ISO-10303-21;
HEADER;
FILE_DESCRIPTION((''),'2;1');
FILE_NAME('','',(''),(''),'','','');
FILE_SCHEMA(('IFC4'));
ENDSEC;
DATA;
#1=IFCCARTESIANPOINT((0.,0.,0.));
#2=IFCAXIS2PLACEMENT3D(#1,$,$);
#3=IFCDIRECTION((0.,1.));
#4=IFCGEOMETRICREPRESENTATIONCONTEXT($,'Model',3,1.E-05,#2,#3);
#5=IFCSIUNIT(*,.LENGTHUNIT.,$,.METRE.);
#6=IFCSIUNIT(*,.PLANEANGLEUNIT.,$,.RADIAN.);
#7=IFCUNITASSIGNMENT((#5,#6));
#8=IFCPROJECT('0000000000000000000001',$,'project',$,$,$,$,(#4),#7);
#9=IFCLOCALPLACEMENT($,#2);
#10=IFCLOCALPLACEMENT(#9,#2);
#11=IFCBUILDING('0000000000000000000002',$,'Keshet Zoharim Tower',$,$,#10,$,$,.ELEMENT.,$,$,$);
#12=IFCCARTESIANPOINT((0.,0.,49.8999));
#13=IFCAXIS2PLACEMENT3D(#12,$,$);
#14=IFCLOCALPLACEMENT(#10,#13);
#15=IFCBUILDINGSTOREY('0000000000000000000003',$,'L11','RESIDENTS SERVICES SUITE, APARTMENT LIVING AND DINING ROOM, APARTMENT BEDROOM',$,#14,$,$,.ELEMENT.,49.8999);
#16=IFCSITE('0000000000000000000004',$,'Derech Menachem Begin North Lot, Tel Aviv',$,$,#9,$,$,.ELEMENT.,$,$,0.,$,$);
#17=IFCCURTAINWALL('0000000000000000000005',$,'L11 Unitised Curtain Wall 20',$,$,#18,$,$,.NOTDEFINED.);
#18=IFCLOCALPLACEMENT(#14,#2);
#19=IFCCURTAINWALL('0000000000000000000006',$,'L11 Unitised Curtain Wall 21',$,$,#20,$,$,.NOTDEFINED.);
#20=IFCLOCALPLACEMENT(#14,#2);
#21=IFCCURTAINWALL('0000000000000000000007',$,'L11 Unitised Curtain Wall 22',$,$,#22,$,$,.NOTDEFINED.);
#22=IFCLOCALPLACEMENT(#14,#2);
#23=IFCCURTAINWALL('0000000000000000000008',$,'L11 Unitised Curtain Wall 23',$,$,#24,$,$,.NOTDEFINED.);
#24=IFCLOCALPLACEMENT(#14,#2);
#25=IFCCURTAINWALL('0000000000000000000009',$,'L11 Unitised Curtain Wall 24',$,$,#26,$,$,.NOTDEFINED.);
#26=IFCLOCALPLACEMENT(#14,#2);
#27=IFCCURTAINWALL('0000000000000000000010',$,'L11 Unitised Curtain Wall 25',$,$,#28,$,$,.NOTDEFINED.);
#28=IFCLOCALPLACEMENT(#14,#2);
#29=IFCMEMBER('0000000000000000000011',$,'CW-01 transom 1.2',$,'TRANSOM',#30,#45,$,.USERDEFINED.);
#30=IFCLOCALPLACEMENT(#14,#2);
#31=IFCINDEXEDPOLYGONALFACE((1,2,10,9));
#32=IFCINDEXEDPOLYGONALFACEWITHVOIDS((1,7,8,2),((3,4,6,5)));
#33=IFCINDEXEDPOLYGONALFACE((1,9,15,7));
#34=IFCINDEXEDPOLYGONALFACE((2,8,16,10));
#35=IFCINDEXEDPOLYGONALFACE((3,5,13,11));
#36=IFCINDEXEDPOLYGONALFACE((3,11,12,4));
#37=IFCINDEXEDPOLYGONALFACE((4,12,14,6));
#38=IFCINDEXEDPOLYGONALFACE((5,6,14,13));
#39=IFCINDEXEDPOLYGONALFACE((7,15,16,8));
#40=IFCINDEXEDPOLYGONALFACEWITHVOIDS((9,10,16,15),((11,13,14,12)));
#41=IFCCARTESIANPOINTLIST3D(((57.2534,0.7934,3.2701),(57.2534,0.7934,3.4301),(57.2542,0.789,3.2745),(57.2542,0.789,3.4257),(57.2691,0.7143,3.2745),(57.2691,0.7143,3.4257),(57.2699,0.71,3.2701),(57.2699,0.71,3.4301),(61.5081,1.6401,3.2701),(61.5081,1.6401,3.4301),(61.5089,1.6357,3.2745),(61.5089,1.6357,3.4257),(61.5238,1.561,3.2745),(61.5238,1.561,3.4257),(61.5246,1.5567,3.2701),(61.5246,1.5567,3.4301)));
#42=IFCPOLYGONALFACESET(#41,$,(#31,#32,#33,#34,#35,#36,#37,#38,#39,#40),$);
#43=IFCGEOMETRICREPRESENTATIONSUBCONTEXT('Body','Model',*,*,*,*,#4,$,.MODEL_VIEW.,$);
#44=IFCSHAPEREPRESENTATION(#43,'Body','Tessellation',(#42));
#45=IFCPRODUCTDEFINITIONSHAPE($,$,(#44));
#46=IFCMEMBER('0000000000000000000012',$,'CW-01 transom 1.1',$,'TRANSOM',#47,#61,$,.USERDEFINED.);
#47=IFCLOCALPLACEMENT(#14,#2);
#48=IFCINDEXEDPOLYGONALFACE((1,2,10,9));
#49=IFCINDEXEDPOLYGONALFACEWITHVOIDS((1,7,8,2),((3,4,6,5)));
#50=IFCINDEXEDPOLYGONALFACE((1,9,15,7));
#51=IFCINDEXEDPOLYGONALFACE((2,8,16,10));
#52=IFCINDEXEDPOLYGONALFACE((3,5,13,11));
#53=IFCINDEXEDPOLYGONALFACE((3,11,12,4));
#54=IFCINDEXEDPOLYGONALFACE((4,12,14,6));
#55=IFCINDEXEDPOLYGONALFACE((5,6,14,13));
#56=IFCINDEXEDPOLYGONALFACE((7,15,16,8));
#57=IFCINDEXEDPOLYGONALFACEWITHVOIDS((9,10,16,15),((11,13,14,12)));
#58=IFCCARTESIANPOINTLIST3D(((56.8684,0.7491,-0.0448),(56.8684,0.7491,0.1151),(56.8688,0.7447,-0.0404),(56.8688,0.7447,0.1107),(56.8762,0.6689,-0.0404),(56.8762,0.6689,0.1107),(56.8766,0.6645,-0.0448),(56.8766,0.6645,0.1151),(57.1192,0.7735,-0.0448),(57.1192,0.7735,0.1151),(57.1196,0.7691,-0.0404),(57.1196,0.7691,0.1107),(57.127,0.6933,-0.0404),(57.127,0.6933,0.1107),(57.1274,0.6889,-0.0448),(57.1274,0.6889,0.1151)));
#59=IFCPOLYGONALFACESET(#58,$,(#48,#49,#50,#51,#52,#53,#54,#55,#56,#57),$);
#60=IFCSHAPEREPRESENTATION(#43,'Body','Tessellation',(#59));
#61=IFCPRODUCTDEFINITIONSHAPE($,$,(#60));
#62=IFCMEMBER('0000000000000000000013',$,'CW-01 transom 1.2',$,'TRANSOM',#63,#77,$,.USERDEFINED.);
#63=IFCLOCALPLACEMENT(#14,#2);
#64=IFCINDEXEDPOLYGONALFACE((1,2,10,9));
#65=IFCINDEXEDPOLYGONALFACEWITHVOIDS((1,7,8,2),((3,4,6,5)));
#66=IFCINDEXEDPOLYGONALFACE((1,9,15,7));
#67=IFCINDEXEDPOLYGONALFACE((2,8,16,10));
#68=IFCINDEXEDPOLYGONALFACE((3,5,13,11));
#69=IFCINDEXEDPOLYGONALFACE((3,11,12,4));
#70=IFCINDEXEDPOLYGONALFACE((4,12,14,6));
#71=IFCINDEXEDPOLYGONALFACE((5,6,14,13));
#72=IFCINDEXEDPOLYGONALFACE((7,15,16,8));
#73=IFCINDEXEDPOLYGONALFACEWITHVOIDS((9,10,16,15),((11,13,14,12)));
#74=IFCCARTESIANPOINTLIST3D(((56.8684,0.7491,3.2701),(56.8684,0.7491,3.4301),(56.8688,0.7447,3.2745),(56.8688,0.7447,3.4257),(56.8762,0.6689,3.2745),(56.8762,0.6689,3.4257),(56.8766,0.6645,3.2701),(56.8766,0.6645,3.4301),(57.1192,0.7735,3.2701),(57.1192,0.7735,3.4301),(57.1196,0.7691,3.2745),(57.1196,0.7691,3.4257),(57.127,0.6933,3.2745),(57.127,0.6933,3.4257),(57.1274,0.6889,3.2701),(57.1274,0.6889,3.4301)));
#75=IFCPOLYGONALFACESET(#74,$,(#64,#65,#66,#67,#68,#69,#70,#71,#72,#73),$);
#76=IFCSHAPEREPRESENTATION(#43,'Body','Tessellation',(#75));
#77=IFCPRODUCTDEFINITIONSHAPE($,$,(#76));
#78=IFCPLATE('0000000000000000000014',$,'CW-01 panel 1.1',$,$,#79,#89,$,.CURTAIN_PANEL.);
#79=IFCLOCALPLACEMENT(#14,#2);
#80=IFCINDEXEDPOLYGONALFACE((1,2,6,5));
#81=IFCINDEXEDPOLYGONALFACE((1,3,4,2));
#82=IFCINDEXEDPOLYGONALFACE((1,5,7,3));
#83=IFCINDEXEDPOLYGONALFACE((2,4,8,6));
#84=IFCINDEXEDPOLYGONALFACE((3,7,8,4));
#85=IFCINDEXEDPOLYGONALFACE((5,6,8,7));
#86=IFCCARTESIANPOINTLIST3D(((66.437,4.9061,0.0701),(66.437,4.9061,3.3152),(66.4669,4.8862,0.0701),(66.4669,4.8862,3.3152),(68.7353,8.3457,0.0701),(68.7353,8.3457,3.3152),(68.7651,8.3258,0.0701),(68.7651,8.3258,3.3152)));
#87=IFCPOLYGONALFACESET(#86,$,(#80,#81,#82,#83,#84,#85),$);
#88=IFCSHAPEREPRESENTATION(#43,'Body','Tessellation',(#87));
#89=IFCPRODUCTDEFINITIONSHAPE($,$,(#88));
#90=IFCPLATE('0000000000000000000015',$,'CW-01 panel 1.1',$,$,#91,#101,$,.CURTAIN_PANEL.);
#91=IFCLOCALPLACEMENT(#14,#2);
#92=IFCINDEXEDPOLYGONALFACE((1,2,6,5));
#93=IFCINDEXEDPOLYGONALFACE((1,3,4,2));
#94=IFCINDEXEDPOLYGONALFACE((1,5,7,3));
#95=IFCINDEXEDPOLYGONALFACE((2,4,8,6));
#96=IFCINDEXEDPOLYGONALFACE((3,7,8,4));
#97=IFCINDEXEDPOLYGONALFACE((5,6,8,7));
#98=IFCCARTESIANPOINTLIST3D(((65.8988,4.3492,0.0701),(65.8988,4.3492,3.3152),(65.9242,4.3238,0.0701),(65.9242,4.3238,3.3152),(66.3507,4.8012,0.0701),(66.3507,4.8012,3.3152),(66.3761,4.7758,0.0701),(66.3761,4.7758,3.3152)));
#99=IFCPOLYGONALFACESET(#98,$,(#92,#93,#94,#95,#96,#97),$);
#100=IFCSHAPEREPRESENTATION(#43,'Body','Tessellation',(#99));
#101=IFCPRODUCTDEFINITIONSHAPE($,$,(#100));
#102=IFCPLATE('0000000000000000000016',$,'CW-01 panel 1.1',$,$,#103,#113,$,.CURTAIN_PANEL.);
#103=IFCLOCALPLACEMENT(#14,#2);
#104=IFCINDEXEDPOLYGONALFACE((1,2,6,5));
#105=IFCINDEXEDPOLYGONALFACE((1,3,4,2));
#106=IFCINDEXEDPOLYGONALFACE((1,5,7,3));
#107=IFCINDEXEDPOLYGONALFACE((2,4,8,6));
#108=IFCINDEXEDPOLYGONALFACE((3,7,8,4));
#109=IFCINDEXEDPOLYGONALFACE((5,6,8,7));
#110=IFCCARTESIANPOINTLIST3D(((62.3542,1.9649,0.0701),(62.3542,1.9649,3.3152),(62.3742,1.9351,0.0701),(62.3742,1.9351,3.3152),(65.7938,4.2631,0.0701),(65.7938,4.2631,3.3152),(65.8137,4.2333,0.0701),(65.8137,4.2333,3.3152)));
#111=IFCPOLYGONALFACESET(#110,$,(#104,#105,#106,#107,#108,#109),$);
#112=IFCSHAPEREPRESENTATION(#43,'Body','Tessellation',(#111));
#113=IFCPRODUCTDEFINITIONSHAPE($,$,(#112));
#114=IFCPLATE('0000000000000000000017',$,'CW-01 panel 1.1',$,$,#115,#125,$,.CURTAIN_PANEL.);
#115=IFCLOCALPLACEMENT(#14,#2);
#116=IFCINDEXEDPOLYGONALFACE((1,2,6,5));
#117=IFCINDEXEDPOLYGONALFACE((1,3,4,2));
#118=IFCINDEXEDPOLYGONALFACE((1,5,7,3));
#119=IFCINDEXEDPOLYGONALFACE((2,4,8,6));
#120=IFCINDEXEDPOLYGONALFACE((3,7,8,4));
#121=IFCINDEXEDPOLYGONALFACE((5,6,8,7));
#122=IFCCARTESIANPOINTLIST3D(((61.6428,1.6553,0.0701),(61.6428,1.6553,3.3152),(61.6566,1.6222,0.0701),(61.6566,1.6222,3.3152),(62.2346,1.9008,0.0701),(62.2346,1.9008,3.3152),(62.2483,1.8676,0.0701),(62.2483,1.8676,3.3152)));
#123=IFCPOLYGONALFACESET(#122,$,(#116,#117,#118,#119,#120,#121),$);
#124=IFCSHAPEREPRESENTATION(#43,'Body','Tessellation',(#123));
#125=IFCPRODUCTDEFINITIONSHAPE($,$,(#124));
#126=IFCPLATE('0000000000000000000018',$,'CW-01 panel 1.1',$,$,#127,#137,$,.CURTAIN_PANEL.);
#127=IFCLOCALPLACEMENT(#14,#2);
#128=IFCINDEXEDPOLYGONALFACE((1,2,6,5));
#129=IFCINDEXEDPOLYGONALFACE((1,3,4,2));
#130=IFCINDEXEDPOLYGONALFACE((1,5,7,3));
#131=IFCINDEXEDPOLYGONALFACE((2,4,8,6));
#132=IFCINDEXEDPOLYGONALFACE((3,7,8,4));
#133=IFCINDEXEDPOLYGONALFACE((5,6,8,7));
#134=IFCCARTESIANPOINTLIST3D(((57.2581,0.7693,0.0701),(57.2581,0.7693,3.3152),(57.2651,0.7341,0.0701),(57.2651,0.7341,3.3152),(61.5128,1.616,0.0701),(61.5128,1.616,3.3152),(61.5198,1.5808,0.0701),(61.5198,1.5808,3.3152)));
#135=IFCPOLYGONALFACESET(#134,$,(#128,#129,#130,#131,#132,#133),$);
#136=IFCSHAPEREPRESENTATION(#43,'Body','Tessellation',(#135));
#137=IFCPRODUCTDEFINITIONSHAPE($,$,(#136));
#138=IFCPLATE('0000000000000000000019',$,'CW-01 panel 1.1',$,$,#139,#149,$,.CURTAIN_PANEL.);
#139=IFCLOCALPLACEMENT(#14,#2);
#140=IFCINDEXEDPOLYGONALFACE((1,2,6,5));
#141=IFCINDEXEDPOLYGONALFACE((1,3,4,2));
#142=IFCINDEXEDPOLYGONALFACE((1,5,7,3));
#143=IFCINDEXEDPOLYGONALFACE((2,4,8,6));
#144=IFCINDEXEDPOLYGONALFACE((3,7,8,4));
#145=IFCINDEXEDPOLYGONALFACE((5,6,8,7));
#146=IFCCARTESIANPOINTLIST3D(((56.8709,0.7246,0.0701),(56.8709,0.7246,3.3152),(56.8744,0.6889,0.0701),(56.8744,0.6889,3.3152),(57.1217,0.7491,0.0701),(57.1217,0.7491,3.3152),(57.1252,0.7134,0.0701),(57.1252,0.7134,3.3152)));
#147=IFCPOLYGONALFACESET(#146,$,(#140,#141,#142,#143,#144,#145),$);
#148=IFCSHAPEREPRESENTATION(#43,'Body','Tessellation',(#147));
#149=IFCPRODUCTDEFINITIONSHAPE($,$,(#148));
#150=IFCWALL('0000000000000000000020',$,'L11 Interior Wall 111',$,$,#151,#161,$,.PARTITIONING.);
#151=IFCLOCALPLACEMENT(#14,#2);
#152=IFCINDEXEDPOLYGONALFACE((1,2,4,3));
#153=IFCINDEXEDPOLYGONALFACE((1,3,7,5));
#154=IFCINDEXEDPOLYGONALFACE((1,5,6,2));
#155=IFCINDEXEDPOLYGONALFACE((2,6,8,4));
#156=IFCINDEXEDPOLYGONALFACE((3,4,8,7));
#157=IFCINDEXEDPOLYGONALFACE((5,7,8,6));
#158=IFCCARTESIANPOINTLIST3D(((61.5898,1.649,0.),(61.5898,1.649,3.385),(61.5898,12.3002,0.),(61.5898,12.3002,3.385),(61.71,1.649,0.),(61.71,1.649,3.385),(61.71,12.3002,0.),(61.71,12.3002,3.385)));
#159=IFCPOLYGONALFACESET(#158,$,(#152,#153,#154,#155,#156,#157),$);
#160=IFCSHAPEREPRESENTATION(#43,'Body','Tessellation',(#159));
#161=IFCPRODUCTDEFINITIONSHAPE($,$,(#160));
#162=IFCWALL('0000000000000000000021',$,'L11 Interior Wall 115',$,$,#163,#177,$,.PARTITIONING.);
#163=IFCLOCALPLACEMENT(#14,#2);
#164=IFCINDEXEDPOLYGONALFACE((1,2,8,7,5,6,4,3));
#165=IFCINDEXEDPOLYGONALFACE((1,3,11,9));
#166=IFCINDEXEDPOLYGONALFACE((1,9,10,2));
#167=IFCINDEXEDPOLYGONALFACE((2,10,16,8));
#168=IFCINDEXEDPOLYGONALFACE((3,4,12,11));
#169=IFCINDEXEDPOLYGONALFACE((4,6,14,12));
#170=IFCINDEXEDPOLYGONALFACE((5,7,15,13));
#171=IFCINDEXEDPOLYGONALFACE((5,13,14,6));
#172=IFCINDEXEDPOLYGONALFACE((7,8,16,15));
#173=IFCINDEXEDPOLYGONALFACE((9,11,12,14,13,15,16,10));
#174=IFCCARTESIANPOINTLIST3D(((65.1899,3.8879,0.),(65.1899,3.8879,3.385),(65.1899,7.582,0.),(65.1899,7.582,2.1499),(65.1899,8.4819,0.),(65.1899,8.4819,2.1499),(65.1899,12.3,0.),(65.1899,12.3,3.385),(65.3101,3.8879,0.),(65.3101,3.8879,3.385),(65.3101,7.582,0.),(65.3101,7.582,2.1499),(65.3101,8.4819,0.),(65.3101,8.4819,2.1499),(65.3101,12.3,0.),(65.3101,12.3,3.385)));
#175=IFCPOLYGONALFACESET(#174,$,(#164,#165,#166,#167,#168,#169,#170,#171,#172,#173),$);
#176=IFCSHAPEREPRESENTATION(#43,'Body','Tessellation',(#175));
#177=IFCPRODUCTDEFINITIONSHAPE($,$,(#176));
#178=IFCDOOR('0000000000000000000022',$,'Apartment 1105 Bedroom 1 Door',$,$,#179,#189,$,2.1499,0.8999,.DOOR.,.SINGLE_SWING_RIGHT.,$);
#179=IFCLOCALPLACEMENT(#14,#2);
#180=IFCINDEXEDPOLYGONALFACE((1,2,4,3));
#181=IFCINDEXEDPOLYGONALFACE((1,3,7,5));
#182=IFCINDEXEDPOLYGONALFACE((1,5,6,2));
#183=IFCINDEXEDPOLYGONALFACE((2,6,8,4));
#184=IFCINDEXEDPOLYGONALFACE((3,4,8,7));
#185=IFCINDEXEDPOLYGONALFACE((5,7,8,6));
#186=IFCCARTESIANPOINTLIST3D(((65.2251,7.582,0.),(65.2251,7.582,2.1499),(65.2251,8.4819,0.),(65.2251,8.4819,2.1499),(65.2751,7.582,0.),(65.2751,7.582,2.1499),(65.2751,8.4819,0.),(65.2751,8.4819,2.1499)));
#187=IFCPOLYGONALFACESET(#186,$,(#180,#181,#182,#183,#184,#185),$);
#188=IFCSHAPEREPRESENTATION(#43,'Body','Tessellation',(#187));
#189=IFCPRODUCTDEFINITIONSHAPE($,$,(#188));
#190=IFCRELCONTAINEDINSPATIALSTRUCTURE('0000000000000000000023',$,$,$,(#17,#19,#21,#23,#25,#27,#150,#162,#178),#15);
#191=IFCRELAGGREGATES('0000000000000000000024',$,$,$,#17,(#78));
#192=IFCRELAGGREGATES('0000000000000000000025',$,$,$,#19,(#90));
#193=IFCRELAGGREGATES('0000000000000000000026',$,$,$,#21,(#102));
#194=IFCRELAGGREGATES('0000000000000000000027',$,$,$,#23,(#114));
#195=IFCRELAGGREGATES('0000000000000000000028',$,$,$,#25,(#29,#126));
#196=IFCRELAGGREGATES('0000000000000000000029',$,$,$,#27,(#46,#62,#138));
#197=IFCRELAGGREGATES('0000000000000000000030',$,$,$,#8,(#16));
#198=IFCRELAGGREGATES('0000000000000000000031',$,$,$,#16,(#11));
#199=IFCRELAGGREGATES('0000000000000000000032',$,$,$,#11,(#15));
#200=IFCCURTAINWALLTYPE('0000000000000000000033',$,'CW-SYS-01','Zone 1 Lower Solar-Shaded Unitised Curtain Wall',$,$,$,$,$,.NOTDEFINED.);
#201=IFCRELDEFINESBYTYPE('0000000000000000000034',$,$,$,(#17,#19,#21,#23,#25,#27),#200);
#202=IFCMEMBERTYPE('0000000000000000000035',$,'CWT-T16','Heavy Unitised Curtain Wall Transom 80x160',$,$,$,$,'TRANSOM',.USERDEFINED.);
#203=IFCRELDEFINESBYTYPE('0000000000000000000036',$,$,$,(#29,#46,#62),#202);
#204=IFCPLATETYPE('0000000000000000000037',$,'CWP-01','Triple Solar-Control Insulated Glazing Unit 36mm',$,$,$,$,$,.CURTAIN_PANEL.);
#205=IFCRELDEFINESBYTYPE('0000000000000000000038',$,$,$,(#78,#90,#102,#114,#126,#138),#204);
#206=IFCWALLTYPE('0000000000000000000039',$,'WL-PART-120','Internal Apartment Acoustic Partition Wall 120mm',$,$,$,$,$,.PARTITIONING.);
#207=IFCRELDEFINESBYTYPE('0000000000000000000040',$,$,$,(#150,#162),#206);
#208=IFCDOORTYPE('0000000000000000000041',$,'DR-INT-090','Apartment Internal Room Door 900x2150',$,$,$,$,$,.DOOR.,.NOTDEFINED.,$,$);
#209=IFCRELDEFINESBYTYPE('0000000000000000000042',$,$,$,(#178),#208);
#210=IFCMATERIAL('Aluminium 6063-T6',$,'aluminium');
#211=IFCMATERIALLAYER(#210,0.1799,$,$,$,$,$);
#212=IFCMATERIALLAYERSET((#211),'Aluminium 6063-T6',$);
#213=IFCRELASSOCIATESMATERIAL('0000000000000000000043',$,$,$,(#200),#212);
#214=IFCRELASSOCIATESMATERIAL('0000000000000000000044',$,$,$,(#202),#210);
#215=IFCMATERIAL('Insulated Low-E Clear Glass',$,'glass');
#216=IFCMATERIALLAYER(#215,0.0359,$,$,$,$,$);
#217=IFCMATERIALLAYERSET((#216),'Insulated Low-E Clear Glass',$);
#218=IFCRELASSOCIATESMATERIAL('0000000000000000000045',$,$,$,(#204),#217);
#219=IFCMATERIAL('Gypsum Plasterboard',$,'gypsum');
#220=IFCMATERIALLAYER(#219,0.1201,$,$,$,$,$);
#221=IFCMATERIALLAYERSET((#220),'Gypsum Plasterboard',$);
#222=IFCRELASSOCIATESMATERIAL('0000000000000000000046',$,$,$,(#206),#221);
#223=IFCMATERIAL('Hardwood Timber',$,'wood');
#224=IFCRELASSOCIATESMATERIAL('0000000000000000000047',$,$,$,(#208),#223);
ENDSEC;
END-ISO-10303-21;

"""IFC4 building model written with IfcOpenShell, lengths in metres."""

from ifc_helpers import new_model, si_unit, direction, frame, frame_2d, origin, origin_2d, place, context, subcontext, project, spatial, rectangle, hollow_rectangle, extrude, material, layer, layer_set, material_profile, profile_set, type_object, element, fill, aggregate, save


model = new_model("IFC4")

# Units and contexts
model_context = context("Model", 3, precision=1e-05, world=origin(), true_north=direction((0.0, 1.0)))
body_context = subcontext(model_context, "Body", "Model", "MODEL_VIEW")
ifc_project = project(units=[si_unit("LENGTHUNIT", "METRE"), si_unit("PLANEANGLEUNIT", "RADIAN")], contexts=[model_context])

# Site, building, storey
site_placement = place(None, origin())
site = spatial("IfcSite", under=ifc_project, at=site_placement, Name="Derech Menachem Begin North Lot, Tel Aviv", CompositionType="ELEMENT", RefElevation=0.0)
building_placement = place(site_placement, origin())
building = spatial("IfcBuilding", under=site, at=building_placement, Name="Keshet Zoharim Tower", CompositionType="ELEMENT")
storey_placement = place(building_placement, frame((0.0, 0.0, 49.8999)))
storey = spatial("IfcBuildingStorey", under=building, at=storey_placement, Name="L11", Description="RESIDENTS SERVICES SUITE, APARTMENT LIVING AND DINING ROOM, APARTMENT BEDROOM", CompositionType="ELEMENT", Elevation=49.8999)

# Curtain wall
ifc_material_1 = material(Name="Aluminium 6063-T6", Category="aluminium")
ifc_layer_1 = layer(ifc_material_1, 0.1799)
ifc_layer_set_1 = layer_set([ifc_layer_1], Name="Aluminium 6063-T6")
curtain_wall_type = type_object("IfcCurtainWallType", Name="CW-SYS-01", Description="Zone 1 Lower Solar-Shaded Unitised Curtain Wall", PredefinedType="NOTDEFINED", material=ifc_layer_set_1)
curtain_wall_1_placement = place(storey_placement, origin())
curtain_wall_1 = element("IfcCurtainWall", 1, at=curtain_wall_1_placement, inside=storey, type_object=curtain_wall_type, Name="L11 Unitised Curtain Wall 20", PredefinedType="NOTDEFINED")

# Curtain walls
curtain_wall_2_placement = place(storey_placement, origin())
curtain_wall_2 = element("IfcCurtainWall", 2, at=curtain_wall_2_placement, inside=storey, type_object=curtain_wall_type, Name="L11 Unitised Curtain Wall 21", PredefinedType="NOTDEFINED")
curtain_wall_3_placement = place(storey_placement, origin())
curtain_wall_3 = element("IfcCurtainWall", 3, at=curtain_wall_3_placement, inside=storey, type_object=curtain_wall_type, Name="L11 Unitised Curtain Wall 22", PredefinedType="NOTDEFINED")
curtain_wall_4_placement = place(storey_placement, origin())
curtain_wall_4 = element("IfcCurtainWall", 4, at=curtain_wall_4_placement, inside=storey, type_object=curtain_wall_type, Name="L11 Unitised Curtain Wall 23", PredefinedType="NOTDEFINED")
curtain_wall_5_placement = place(storey_placement, origin())
curtain_wall_5 = element("IfcCurtainWall", 5, at=curtain_wall_5_placement, inside=storey, type_object=curtain_wall_type, Name="L11 Unitised Curtain Wall 24", PredefinedType="NOTDEFINED")
curtain_wall_6_placement = place(storey_placement, origin())
curtain_wall_6 = element("IfcCurtainWall", 6, at=curtain_wall_6_placement, inside=storey, type_object=curtain_wall_type, Name="L11 Unitised Curtain Wall 25", PredefinedType="NOTDEFINED")

# Members
ifc_material_profile_1 = material_profile(ifc_material_1, hollow_rectangle(XDim=0.085, YDim=0.1599, WallThickness=0.0044, at=origin_2d()), Name="TRN-85x160")
ifc_profile_set_1 = profile_set([ifc_material_profile_1], Name="Aluminium 6063-T6")
member_type_1 = type_object("IfcMemberType", Name="CWT-T16", Description="Heavy Unitised Curtain Wall Transom 80x160", ElementType="TRANSOM", PredefinedType="USERDEFINED", material=ifc_profile_set_1)
member_1_placement = place(storey_placement, frame((61.5164, 1.5984, 3.3501), z_axis=(-0.980769, -0.195174, 0.0), x_axis=(0.195174, -0.980769, 0.0)))
member_1 = element("IfcMember", 7, at=member_1_placement, type_object=member_type_1, Name="CW-01 transom 1.2", ObjectType="TRANSOM", PredefinedType="USERDEFINED", context=body_context, shape_type="SweptSolid", body=[
    extrude(hollow_rectangle(XDim=0.085, YDim=0.1599, WallThickness=0.0044, at=origin_2d()), origin(), (0.0, 0.0, 1.0), 4.3381),
])
member_2_placement = place(storey_placement, frame((57.1233, 0.7312, 0.0352), z_axis=(-0.995293, -0.096913, 0.0), x_axis=(0.096913, -0.995293, 0.0)))
member_2 = element("IfcMember", 8, at=member_2_placement, type_object=member_type_1, Name="CW-01 transom 1.1", ObjectType="TRANSOM", PredefinedType="USERDEFINED", context=body_context, shape_type="SweptSolid", body=[
    extrude(hollow_rectangle(XDim=0.085, YDim=0.1599, WallThickness=0.0044, at=origin_2d()), origin(), (0.0, 0.0, 1.0), 0.252),
])
member_3_placement = place(storey_placement, frame((57.1233, 0.7312, 3.3501), z_axis=(-0.995293, -0.096913, 0.0), x_axis=(0.096913, -0.995293, 0.0)))
member_3 = element("IfcMember", 9, at=member_3_placement, type_object=member_type_1, Name="CW-01 transom 1.2", ObjectType="TRANSOM", PredefinedType="USERDEFINED", context=body_context, shape_type="SweptSolid", body=[
    extrude(hollow_rectangle(XDim=0.085, YDim=0.1599, WallThickness=0.0044, at=origin_2d()), origin(), (0.0, 0.0, 1.0), 0.252),
])

# Plates
ifc_material_2 = material(Name="Insulated Low-E Clear Glass", Category="glass")
ifc_layer_2 = layer(ifc_material_2, 0.0359)
ifc_layer_set_2 = layer_set([ifc_layer_2], Name="Insulated Low-E Clear Glass")
plate_type = type_object("IfcPlateType", Name="CWP-01", Description="Triple Solar-Control Insulated Glazing Unit 36mm", PredefinedType="CURTAIN_PANEL", material=ifc_layer_set_2)
plate_1_placement = place(storey_placement, frame((67.6011, 6.616, 0.0701), z_axis=(0.0, 0.0, 1.0), x_axis=(-0.555563, -0.831474, 0.0)))
plate_1 = element("IfcPlate", 10, at=plate_1_placement, type_object=plate_type, Name="CW-01 panel 1.1", PredefinedType="CURTAIN_PANEL", context=body_context, shape_type="SweptSolid", body=[
    extrude(rectangle(XDim=4.1367, YDim=0.0359, at=origin_2d()), origin(), (0.0, 0.0, 1.0), 3.2451),
])
aggregate(curtain_wall_1, [plate_1])
plate_2_placement = place(storey_placement, frame((66.1375, 4.5625, 0.0701), z_axis=(0.0, 0.0, 1.0), x_axis=(-0.707107, -0.707107, 0.0)))
plate_2 = element("IfcPlate", 11, at=plate_2_placement, type_object=plate_type, Name="CW-01 panel 1.1", PredefinedType="CURTAIN_PANEL", context=body_context, shape_type="SweptSolid", body=[
    extrude(rectangle(XDim=0.6392, YDim=0.0359, at=origin_2d()), origin(), (0.0, 0.0, 1.0), 3.2451),
])
aggregate(curtain_wall_2, [plate_2])
plate_3_placement = place(storey_placement, frame((64.084, 3.0991, 0.0701), z_axis=(0.0, 0.0, 1.0), x_axis=(-0.831474, -0.555563, 0.0)))
plate_3 = element("IfcPlate", 12, at=plate_3_placement, type_object=plate_type, Name="CW-01 panel 1.1", PredefinedType="CURTAIN_PANEL", context=body_context, shape_type="SweptSolid", body=[
    extrude(rectangle(XDim=4.1367, YDim=0.0359, at=origin_2d()), origin(), (0.0, 0.0, 1.0), 3.2451),
])
aggregate(curtain_wall_3, [plate_3])
plate_4_placement = place(storey_placement, frame((61.9456, 1.7615, 0.0701), z_axis=(0.0, 0.0, 1.0), x_axis=(-0.92372, -0.383068, 0.0)))
plate_4 = element("IfcPlate", 13, at=plate_4_placement, type_object=plate_type, Name="CW-01 panel 1.1", PredefinedType="CURTAIN_PANEL", context=body_context, shape_type="SweptSolid", body=[
    extrude(rectangle(XDim=0.6406, YDim=0.0359, at=origin_2d()), origin(), (0.0, 0.0, 1.0), 3.2451),
])
aggregate(curtain_wall_4, [plate_4])
plate_5_placement = place(storey_placement, frame((59.3889, 1.175, 0.0701), z_axis=(0.0, 0.0, 1.0), x_axis=(-0.980769, -0.195171, 0.0)))
plate_5 = element("IfcPlate", 14, at=plate_5_placement, type_object=plate_type, Name="CW-01 panel 1.1", PredefinedType="CURTAIN_PANEL", context=body_context, shape_type="SweptSolid", body=[
    extrude(rectangle(XDim=4.3381, YDim=0.0359, at=origin_2d()), origin(), (0.0, 0.0, 1.0), 3.2451),
])
aggregate(curtain_wall_5, [member_1, plate_5])
plate_6_placement = place(storey_placement, frame((56.998, 0.719, 0.0701), z_axis=(0.0, 0.0, 1.0), x_axis=(-0.995287, -0.096977, 0.0)))
plate_6 = element("IfcPlate", 15, at=plate_6_placement, type_object=plate_type, Name="CW-01 panel 1.1", PredefinedType="CURTAIN_PANEL", context=body_context, shape_type="SweptSolid", body=[
    extrude(rectangle(XDim=0.252, YDim=0.0359, at=origin_2d()), origin(), (0.0, 0.0, 1.0), 3.2451),
])
aggregate(curtain_wall_6, [member_2, member_3, plate_6])

# Wall
ifc_material_3 = material(Name="Gypsum Plasterboard", Category="gypsum")
ifc_layer_3 = layer(ifc_material_3, 0.1201)
ifc_layer_set_3 = layer_set([ifc_layer_3], Name="Gypsum Plasterboard")
wall_type = type_object("IfcWallType", Name="WL-PART-120", Description="Internal Apartment Acoustic Partition Wall 120mm", PredefinedType="PARTITIONING", material=ifc_layer_set_3)
wall_1_placement = place(storey_placement, frame((61.6499, 1.6489, 0.0), z_axis=(0.0, 0.0, 1.0), x_axis=(0.0, 1.0, 0.0)))
element("IfcWall", 16, at=wall_1_placement, inside=storey, type_object=wall_type, Name="L11 Interior Wall 111", PredefinedType="PARTITIONING", context=body_context, shape_type="SweptSolid", body=[
    extrude(rectangle(XDim=10.6511, YDim=0.1201, at=frame_2d((5.3257, 0.0))), origin(), (0.0, 0.0, 1.0), 3.385),
])

# Wall, opening, door
wall_2_placement = place(storey_placement, frame((65.25, 3.8879, 0.0), z_axis=(0.0, 0.0, 1.0), x_axis=(0.0, 1.0, 0.0)))
wall_2 = element("IfcWall", 17, at=wall_2_placement, inside=storey, type_object=wall_type, Name="L11 Interior Wall 115", PredefinedType="PARTITIONING", context=body_context, shape_type="SweptSolid", body=[
    extrude(rectangle(XDim=8.4121, YDim=0.1201, at=frame_2d((4.2061, 0.0))), origin(), (0.0, 0.0, 1.0), 3.385),
])
opening_placement = place(wall_2_placement, frame((3.6941, 0.0, 0.0)))
opening = element("IfcOpeningElement", 18, at=opening_placement, cuts=wall_2, PredefinedType="OPENING", context=body_context, shape_type="SweptSolid", body=[
    extrude(rectangle(XDim=0.8999, YDim=2.1499, at=frame_2d((0.45, 1.075))), frame((0.0, 0.0701, 0.0), z_axis=(0.0, -1.0, 0.0), x_axis=(1.0, 0.0, 0.0)), (0.0, 0.0, 1.0), 0.1401),
])
ifc_material_4 = material(Name="Hardwood Timber", Category="wood")
door_type = type_object("IfcDoorType", Name="DR-INT-090", Description="Apartment Internal Room Door 900x2150", OperationType="NOTDEFINED", PredefinedType="DOOR", material=ifc_material_4)
door_placement = place(opening_placement, origin())
door = element("IfcDoor", 19, at=door_placement, inside=storey, type_object=door_type, Name="Apartment 1105 Bedroom 1 Door", OperationType="SINGLE_SWING_RIGHT", OverallHeight=2.1499, OverallWidth=0.8999, PredefinedType="DOOR", context=body_context, shape_type="SweptSolid", body=[
    extrude(rectangle(XDim=0.8999, YDim=2.1499, at=frame_2d((0.45, 1.075))), frame((0.0, 0.0249, 0.0), z_axis=(0.0, -1.0, 0.0), x_axis=(1.0, 0.0, 0.0)), (0.0, 0.0, 1.0), 0.05),
])
fill(opening, door)

save(model, "model.ifc")
